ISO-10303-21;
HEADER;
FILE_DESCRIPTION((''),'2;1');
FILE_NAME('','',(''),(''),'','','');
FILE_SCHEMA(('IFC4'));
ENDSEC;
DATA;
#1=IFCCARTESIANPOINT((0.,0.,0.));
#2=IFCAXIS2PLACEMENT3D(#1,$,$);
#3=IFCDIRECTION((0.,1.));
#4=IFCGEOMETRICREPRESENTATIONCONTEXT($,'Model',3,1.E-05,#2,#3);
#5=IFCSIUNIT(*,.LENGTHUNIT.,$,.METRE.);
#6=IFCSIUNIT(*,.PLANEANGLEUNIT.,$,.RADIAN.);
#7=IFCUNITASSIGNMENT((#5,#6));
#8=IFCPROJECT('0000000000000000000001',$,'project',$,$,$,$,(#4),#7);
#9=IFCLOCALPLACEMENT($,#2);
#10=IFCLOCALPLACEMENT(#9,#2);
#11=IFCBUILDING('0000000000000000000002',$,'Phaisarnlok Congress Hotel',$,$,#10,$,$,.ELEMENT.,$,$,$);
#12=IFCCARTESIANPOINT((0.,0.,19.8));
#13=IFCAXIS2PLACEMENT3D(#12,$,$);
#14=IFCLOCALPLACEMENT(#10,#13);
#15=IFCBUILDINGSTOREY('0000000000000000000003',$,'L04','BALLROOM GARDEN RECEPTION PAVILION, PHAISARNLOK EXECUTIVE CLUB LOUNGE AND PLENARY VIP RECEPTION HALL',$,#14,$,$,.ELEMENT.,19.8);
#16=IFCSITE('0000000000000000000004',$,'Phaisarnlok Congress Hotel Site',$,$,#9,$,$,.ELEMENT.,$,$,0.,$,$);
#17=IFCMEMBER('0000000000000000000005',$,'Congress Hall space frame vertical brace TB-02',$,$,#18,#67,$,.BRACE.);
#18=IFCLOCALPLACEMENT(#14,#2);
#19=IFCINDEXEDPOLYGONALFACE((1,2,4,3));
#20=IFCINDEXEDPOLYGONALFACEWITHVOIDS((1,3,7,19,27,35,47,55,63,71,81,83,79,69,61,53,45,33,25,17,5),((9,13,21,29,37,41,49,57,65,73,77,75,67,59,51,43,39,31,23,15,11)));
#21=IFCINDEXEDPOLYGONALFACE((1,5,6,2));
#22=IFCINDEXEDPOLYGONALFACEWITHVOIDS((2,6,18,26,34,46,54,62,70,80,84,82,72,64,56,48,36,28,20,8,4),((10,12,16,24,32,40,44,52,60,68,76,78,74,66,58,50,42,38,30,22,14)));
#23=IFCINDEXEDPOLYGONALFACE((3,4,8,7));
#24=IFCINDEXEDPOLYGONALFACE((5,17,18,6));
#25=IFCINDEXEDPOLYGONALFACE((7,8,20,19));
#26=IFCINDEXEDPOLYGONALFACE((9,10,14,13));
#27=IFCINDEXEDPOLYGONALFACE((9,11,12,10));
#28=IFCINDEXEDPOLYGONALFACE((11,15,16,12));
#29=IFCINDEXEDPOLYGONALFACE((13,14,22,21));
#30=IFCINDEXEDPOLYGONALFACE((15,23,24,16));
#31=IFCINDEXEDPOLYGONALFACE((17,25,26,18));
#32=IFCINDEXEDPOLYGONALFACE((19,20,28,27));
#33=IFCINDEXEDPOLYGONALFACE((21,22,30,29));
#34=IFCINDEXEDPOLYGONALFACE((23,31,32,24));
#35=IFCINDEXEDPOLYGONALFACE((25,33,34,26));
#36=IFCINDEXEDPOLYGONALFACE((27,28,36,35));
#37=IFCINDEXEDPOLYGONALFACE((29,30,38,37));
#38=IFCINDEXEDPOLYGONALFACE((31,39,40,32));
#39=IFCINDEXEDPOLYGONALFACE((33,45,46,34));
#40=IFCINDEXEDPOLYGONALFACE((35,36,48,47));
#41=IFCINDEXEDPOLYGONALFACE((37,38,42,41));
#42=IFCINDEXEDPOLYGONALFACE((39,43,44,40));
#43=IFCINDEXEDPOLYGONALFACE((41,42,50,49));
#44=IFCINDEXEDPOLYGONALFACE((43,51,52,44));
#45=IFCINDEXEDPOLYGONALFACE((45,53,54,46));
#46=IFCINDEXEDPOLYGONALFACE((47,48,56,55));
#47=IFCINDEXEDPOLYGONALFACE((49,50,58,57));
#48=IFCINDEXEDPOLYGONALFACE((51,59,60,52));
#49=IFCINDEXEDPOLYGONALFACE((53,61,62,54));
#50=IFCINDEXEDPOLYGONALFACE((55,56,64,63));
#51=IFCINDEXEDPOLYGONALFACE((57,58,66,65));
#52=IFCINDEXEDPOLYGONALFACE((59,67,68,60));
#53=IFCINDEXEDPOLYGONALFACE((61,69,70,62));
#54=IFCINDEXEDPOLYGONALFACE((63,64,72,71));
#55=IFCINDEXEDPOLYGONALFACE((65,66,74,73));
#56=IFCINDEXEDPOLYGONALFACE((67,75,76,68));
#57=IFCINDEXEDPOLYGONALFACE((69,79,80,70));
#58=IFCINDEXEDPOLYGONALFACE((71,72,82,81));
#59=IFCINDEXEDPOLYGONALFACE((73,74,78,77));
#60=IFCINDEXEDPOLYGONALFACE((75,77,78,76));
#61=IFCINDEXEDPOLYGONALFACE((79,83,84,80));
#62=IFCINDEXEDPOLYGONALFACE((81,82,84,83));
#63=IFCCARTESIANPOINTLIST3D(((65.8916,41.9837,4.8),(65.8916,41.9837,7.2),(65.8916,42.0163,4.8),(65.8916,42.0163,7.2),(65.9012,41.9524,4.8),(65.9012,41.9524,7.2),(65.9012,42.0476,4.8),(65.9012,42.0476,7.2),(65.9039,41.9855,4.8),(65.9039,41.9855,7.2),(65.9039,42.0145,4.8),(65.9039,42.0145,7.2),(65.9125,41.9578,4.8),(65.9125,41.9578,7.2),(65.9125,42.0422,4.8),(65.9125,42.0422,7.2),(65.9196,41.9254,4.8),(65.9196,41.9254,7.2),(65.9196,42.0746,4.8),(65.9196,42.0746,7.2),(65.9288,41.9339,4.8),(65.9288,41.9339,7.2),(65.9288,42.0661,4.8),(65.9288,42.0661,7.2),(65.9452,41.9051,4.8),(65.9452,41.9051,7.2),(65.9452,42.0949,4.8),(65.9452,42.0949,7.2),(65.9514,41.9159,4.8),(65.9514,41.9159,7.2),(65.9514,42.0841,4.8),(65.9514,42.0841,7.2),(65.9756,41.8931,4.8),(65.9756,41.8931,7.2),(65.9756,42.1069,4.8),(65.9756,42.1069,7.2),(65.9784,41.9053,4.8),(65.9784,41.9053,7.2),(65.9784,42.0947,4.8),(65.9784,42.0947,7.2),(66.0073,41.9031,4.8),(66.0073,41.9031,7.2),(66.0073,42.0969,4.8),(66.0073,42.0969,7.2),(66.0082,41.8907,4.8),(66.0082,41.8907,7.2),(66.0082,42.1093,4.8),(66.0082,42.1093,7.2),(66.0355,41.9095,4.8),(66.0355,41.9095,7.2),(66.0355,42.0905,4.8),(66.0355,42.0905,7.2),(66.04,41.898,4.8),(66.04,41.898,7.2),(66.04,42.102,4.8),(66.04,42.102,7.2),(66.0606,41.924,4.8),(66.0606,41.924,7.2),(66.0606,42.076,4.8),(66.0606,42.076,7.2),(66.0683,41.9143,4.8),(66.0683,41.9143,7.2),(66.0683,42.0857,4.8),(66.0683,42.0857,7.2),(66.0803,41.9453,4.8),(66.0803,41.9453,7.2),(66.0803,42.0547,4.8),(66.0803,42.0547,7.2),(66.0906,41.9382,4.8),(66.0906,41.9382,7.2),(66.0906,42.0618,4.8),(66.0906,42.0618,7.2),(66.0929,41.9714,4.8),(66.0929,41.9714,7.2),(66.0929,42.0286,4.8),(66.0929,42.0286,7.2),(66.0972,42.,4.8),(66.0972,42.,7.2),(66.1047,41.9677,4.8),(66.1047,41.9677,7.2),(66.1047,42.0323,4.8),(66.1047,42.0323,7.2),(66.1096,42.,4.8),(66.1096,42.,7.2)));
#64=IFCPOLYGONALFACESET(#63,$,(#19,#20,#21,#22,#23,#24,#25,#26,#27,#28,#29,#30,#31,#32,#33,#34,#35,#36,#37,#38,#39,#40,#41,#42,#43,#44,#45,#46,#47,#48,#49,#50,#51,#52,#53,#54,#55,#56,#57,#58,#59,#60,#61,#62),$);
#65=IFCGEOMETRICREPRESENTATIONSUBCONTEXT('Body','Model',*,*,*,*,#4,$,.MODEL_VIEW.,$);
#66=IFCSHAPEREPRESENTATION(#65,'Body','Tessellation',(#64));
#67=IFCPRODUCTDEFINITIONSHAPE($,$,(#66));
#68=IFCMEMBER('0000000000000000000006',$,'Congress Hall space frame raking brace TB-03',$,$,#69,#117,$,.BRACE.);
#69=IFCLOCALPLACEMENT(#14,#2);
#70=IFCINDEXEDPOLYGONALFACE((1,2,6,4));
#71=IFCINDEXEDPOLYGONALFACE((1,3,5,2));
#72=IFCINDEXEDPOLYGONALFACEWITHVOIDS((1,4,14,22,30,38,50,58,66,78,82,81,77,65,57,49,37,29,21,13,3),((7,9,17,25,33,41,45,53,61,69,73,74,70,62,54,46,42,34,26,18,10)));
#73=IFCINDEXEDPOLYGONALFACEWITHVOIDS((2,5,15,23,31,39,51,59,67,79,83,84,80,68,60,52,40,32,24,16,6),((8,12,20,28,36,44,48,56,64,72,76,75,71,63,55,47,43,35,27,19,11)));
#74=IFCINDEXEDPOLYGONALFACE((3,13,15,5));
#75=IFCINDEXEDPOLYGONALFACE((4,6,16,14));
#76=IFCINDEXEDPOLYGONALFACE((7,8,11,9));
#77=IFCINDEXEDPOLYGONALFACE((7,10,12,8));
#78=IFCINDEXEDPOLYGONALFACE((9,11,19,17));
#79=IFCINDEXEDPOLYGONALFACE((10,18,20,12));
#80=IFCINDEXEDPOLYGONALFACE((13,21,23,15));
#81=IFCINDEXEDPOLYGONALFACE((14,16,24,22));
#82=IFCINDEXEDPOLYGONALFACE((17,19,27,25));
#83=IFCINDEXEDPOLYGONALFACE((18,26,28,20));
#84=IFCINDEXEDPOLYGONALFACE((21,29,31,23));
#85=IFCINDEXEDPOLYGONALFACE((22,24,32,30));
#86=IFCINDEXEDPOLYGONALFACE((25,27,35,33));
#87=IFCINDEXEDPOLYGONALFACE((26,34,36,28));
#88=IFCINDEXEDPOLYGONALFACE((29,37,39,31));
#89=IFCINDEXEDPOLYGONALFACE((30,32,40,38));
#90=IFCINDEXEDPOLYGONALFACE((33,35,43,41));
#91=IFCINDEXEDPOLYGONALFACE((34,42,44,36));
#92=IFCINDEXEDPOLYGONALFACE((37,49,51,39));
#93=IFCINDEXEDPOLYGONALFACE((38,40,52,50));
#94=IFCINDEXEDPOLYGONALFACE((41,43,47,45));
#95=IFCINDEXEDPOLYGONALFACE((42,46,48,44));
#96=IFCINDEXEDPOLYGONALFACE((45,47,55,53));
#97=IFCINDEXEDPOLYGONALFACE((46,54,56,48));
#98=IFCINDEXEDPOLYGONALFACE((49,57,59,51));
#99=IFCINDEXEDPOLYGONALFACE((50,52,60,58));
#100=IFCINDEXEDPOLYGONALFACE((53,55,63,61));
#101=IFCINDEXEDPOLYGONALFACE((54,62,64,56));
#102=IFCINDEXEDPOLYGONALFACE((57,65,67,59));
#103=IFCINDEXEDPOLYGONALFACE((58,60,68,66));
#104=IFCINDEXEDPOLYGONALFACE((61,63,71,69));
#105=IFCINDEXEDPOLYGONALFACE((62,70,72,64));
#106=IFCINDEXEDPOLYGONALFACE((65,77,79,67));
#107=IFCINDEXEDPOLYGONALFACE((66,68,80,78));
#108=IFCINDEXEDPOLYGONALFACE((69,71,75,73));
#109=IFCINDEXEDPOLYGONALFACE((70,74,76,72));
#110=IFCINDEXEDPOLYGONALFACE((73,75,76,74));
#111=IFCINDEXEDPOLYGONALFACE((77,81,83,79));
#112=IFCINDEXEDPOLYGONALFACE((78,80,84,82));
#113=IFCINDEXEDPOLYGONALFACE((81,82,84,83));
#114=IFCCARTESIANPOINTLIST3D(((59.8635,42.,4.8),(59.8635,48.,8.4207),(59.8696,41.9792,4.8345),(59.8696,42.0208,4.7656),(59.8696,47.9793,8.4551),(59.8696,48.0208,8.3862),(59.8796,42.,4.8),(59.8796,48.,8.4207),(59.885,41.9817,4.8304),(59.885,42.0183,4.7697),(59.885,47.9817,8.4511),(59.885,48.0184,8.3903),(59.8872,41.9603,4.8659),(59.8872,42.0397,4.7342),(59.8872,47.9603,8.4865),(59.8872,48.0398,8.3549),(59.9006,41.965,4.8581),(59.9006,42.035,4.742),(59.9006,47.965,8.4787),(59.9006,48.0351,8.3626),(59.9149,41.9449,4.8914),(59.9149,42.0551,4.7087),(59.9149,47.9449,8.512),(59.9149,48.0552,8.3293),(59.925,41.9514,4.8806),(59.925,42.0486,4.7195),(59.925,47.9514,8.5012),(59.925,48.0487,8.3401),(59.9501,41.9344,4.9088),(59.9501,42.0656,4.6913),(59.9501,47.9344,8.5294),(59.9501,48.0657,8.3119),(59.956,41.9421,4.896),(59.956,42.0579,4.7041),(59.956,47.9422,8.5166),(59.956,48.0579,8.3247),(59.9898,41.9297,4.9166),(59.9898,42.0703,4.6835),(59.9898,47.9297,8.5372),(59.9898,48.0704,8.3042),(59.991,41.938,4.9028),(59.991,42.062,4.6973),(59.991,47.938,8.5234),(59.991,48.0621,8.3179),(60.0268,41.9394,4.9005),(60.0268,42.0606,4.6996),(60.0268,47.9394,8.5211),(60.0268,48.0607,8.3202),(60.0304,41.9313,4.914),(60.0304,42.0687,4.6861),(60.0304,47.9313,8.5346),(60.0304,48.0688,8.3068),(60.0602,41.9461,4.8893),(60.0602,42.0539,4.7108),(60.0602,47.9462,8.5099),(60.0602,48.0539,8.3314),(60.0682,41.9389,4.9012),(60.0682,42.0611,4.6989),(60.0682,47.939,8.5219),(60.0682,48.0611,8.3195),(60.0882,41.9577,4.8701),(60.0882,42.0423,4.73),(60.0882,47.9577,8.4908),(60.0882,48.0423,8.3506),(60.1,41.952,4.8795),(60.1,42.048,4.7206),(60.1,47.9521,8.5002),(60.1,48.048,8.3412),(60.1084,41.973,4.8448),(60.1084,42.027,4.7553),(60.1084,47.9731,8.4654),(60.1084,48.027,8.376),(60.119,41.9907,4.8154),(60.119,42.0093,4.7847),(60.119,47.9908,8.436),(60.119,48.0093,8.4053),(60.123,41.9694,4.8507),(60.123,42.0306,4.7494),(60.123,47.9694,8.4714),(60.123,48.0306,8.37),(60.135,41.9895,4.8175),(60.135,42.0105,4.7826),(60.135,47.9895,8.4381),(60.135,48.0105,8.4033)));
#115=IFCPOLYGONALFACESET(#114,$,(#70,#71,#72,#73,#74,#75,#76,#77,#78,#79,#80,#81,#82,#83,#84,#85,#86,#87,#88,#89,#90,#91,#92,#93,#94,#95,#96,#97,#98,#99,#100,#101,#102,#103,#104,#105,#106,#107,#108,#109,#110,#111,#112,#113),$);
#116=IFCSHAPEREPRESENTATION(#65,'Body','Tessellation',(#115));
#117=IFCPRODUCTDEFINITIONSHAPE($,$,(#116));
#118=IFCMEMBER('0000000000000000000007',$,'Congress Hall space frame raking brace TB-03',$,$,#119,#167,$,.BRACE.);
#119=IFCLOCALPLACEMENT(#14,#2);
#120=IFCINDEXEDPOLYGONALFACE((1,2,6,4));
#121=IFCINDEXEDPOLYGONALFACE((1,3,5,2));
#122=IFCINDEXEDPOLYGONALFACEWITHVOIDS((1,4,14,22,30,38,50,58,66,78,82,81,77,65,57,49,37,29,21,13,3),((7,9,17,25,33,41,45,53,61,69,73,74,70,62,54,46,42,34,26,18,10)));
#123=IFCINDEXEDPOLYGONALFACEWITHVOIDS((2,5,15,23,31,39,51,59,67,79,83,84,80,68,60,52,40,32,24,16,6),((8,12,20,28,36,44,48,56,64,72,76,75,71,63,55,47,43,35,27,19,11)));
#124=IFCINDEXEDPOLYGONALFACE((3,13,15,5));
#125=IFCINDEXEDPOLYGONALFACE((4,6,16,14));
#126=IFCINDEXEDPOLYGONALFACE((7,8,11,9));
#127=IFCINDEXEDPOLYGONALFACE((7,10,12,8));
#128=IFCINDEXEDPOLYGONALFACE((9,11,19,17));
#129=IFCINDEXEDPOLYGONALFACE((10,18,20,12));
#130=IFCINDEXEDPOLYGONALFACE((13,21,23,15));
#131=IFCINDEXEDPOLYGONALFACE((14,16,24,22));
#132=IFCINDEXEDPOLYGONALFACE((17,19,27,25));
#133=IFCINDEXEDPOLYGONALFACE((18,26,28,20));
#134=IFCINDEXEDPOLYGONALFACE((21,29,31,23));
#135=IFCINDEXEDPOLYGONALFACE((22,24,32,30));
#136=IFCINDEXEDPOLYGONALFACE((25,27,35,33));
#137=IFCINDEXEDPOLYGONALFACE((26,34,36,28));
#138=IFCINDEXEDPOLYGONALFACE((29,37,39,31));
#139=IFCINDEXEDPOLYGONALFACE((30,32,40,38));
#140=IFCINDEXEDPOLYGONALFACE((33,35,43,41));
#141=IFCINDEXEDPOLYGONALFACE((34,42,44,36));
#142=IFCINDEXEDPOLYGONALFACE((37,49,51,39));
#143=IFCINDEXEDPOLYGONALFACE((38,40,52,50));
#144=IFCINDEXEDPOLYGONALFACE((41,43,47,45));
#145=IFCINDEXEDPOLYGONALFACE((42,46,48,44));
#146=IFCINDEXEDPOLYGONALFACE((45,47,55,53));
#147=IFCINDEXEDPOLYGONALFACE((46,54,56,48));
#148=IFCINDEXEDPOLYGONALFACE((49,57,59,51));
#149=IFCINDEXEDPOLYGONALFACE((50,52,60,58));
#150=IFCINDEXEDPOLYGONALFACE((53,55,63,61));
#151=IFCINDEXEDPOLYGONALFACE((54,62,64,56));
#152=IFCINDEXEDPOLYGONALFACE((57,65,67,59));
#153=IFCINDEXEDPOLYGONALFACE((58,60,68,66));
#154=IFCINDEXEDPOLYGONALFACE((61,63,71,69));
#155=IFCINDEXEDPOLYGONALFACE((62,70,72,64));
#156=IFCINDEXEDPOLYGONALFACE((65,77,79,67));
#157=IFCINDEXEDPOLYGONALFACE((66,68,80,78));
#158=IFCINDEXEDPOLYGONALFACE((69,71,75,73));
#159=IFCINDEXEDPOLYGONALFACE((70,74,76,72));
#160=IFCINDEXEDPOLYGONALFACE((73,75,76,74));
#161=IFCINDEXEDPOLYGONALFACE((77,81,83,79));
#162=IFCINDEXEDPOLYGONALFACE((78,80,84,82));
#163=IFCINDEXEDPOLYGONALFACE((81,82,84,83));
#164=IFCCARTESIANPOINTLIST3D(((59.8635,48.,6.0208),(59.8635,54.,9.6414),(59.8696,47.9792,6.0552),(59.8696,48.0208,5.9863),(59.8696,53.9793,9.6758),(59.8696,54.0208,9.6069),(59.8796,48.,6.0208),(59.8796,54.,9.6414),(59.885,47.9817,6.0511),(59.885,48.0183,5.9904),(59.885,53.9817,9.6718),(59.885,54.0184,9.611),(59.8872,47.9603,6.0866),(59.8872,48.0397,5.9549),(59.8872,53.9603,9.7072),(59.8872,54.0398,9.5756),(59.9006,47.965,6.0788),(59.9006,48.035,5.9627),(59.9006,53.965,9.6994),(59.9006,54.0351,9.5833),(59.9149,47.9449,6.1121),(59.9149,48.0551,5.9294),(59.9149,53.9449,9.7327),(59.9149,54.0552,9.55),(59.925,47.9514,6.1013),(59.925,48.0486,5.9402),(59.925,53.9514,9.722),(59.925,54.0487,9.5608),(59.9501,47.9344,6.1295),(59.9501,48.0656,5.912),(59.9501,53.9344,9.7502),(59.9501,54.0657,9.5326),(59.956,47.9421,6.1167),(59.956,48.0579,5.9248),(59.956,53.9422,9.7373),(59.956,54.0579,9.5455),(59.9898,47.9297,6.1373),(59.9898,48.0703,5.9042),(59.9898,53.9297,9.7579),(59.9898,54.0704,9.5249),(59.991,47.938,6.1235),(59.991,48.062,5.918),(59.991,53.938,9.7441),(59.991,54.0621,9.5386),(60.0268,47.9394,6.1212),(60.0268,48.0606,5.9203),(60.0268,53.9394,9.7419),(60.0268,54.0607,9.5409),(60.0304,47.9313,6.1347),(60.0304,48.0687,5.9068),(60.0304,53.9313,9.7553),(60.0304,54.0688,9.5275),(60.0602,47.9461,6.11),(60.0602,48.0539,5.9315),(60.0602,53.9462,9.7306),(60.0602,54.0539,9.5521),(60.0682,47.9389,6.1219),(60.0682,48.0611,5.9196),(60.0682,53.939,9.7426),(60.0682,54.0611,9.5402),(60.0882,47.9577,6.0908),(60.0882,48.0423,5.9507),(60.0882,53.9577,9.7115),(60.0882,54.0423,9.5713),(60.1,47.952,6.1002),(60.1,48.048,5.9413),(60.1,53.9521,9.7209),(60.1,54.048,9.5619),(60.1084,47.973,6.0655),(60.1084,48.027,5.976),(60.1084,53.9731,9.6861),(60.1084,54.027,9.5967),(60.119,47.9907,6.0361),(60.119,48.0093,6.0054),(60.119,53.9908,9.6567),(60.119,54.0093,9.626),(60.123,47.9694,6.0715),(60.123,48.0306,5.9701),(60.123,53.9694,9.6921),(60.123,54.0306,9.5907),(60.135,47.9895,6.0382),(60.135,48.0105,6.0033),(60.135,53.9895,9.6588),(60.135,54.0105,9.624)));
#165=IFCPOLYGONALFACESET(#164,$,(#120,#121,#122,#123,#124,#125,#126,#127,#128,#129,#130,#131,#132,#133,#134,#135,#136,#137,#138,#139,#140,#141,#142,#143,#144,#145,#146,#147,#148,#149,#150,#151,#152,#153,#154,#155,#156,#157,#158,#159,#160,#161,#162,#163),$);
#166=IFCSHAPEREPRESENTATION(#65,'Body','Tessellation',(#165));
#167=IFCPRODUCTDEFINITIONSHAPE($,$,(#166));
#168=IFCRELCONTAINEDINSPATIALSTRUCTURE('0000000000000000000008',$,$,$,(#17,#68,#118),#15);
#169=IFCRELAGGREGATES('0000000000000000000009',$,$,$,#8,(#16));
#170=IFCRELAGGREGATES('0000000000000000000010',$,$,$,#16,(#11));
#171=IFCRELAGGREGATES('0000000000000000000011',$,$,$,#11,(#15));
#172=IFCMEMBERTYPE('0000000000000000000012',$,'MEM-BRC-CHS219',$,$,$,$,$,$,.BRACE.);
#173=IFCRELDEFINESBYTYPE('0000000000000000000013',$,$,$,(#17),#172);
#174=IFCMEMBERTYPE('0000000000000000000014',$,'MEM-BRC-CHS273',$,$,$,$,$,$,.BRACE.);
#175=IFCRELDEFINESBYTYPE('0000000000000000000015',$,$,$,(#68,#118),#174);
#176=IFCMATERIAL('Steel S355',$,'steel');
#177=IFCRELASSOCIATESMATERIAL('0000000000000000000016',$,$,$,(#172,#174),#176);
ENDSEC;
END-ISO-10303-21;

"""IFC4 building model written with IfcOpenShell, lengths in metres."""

from ifc_helpers import new_model, si_unit, direction, frame, origin, origin_2d, place, context, subcontext, project, spatial, hollow_circle, extrude, material, material_profile, profile_set, type_object, element, save


model = new_model("IFC4")

# Units and contexts
model_context = context("Model", 3, precision=1e-05, world=origin(), true_north=direction((0.0, 1.0)))
body_context = subcontext(model_context, "Body", "Model", "MODEL_VIEW")
ifc_project = project(units=[si_unit("LENGTHUNIT", "METRE"), si_unit("PLANEANGLEUNIT", "RADIAN")], contexts=[model_context])

# Site, building, storey
site_placement = place(None, origin())
site = spatial("IfcSite", under=ifc_project, at=site_placement, Name="Phaisarnlok Congress Hotel Site", CompositionType="ELEMENT", RefElevation=0.0)
building_placement = place(site_placement, origin())
building = spatial("IfcBuilding", under=site, at=building_placement, Name="Phaisarnlok Congress Hotel", CompositionType="ELEMENT")
storey_placement = place(building_placement, frame((0.0, 0.0, 19.8)))
storey = spatial("IfcBuildingStorey", under=building, at=storey_placement, Name="L04", Description="BALLROOM GARDEN RECEPTION PAVILION, PHAISARNLOK EXECUTIVE CLUB LOUNGE AND PLENARY VIP RECEPTION HALL", CompositionType="ELEMENT", Elevation=19.8)

# Members
ifc_material_1 = material(Name="Steel S355", Category="steel")
ifc_material_profile_1 = material_profile(ifc_material_1, hollow_circle(Radius=0.1096, WallThickness=0.0125, at=origin_2d()), Name="CHS 219.1x12.5")
ifc_profile_set_1 = profile_set([ifc_material_profile_1], Name="Steel S355")
member_type_1 = type_object("IfcMemberType", Name="MEM-BRC-CHS219", PredefinedType="BRACE", material=ifc_profile_set_1)
member_1_placement = place(storey_placement, frame((66.0, 42.0, 4.8), z_axis=(0.0, 0.0, 1.0), x_axis=(1.0, 0.0, 0.0)))
element("IfcMember", 1, at=member_1_placement, inside=storey, type_object=member_type_1, Name="Congress Hall space frame vertical brace TB-02", PredefinedType="BRACE", context=body_context, shape_type="SweptSolid", body=[
    extrude(hollow_circle(Radius=0.1096, WallThickness=0.0125, at=origin_2d()), origin(), (0.0, 0.0, 1.0), 2.3999),
])
ifc_material_profile_2 = material_profile(ifc_material_1, hollow_circle(Radius=0.1365, WallThickness=0.0161, at=origin_2d()), Name="CHS 273x16")
ifc_profile_set_2 = profile_set([ifc_material_profile_2], Name="Steel S355")
member_type_2 = type_object("IfcMemberType", Name="MEM-BRC-CHS273", PredefinedType="BRACE", material=ifc_profile_set_2)
for number, where, z_axis, x_axis, name in (
    (2, (60.0, 42.0, 4.8), (0.0, 0.856193, 0.516656), (-1.0, 0.0, 0.0), "Congress Hall space frame raking brace TB-03"),
    (3, (60.0, 48.0, 6.0208), (0.0, 0.856193, 0.516656), (-1.0, 0.0, 0.0), "Congress Hall space frame raking brace TB-03"),
):
    element("IfcMember", number, at=place(storey_placement, frame(where, z_axis=z_axis, x_axis=x_axis)), inside=storey, type_object=member_type_2, Name=name, PredefinedType="BRACE", context=body_context, shape_type="SweptSolid", body=[
        extrude(hollow_circle(Radius=0.1365, WallThickness=0.0161, at=origin_2d()), origin(), (0.0, 0.0, 1.0), 7.0078),
    ])

save(model, "model.ifc")
